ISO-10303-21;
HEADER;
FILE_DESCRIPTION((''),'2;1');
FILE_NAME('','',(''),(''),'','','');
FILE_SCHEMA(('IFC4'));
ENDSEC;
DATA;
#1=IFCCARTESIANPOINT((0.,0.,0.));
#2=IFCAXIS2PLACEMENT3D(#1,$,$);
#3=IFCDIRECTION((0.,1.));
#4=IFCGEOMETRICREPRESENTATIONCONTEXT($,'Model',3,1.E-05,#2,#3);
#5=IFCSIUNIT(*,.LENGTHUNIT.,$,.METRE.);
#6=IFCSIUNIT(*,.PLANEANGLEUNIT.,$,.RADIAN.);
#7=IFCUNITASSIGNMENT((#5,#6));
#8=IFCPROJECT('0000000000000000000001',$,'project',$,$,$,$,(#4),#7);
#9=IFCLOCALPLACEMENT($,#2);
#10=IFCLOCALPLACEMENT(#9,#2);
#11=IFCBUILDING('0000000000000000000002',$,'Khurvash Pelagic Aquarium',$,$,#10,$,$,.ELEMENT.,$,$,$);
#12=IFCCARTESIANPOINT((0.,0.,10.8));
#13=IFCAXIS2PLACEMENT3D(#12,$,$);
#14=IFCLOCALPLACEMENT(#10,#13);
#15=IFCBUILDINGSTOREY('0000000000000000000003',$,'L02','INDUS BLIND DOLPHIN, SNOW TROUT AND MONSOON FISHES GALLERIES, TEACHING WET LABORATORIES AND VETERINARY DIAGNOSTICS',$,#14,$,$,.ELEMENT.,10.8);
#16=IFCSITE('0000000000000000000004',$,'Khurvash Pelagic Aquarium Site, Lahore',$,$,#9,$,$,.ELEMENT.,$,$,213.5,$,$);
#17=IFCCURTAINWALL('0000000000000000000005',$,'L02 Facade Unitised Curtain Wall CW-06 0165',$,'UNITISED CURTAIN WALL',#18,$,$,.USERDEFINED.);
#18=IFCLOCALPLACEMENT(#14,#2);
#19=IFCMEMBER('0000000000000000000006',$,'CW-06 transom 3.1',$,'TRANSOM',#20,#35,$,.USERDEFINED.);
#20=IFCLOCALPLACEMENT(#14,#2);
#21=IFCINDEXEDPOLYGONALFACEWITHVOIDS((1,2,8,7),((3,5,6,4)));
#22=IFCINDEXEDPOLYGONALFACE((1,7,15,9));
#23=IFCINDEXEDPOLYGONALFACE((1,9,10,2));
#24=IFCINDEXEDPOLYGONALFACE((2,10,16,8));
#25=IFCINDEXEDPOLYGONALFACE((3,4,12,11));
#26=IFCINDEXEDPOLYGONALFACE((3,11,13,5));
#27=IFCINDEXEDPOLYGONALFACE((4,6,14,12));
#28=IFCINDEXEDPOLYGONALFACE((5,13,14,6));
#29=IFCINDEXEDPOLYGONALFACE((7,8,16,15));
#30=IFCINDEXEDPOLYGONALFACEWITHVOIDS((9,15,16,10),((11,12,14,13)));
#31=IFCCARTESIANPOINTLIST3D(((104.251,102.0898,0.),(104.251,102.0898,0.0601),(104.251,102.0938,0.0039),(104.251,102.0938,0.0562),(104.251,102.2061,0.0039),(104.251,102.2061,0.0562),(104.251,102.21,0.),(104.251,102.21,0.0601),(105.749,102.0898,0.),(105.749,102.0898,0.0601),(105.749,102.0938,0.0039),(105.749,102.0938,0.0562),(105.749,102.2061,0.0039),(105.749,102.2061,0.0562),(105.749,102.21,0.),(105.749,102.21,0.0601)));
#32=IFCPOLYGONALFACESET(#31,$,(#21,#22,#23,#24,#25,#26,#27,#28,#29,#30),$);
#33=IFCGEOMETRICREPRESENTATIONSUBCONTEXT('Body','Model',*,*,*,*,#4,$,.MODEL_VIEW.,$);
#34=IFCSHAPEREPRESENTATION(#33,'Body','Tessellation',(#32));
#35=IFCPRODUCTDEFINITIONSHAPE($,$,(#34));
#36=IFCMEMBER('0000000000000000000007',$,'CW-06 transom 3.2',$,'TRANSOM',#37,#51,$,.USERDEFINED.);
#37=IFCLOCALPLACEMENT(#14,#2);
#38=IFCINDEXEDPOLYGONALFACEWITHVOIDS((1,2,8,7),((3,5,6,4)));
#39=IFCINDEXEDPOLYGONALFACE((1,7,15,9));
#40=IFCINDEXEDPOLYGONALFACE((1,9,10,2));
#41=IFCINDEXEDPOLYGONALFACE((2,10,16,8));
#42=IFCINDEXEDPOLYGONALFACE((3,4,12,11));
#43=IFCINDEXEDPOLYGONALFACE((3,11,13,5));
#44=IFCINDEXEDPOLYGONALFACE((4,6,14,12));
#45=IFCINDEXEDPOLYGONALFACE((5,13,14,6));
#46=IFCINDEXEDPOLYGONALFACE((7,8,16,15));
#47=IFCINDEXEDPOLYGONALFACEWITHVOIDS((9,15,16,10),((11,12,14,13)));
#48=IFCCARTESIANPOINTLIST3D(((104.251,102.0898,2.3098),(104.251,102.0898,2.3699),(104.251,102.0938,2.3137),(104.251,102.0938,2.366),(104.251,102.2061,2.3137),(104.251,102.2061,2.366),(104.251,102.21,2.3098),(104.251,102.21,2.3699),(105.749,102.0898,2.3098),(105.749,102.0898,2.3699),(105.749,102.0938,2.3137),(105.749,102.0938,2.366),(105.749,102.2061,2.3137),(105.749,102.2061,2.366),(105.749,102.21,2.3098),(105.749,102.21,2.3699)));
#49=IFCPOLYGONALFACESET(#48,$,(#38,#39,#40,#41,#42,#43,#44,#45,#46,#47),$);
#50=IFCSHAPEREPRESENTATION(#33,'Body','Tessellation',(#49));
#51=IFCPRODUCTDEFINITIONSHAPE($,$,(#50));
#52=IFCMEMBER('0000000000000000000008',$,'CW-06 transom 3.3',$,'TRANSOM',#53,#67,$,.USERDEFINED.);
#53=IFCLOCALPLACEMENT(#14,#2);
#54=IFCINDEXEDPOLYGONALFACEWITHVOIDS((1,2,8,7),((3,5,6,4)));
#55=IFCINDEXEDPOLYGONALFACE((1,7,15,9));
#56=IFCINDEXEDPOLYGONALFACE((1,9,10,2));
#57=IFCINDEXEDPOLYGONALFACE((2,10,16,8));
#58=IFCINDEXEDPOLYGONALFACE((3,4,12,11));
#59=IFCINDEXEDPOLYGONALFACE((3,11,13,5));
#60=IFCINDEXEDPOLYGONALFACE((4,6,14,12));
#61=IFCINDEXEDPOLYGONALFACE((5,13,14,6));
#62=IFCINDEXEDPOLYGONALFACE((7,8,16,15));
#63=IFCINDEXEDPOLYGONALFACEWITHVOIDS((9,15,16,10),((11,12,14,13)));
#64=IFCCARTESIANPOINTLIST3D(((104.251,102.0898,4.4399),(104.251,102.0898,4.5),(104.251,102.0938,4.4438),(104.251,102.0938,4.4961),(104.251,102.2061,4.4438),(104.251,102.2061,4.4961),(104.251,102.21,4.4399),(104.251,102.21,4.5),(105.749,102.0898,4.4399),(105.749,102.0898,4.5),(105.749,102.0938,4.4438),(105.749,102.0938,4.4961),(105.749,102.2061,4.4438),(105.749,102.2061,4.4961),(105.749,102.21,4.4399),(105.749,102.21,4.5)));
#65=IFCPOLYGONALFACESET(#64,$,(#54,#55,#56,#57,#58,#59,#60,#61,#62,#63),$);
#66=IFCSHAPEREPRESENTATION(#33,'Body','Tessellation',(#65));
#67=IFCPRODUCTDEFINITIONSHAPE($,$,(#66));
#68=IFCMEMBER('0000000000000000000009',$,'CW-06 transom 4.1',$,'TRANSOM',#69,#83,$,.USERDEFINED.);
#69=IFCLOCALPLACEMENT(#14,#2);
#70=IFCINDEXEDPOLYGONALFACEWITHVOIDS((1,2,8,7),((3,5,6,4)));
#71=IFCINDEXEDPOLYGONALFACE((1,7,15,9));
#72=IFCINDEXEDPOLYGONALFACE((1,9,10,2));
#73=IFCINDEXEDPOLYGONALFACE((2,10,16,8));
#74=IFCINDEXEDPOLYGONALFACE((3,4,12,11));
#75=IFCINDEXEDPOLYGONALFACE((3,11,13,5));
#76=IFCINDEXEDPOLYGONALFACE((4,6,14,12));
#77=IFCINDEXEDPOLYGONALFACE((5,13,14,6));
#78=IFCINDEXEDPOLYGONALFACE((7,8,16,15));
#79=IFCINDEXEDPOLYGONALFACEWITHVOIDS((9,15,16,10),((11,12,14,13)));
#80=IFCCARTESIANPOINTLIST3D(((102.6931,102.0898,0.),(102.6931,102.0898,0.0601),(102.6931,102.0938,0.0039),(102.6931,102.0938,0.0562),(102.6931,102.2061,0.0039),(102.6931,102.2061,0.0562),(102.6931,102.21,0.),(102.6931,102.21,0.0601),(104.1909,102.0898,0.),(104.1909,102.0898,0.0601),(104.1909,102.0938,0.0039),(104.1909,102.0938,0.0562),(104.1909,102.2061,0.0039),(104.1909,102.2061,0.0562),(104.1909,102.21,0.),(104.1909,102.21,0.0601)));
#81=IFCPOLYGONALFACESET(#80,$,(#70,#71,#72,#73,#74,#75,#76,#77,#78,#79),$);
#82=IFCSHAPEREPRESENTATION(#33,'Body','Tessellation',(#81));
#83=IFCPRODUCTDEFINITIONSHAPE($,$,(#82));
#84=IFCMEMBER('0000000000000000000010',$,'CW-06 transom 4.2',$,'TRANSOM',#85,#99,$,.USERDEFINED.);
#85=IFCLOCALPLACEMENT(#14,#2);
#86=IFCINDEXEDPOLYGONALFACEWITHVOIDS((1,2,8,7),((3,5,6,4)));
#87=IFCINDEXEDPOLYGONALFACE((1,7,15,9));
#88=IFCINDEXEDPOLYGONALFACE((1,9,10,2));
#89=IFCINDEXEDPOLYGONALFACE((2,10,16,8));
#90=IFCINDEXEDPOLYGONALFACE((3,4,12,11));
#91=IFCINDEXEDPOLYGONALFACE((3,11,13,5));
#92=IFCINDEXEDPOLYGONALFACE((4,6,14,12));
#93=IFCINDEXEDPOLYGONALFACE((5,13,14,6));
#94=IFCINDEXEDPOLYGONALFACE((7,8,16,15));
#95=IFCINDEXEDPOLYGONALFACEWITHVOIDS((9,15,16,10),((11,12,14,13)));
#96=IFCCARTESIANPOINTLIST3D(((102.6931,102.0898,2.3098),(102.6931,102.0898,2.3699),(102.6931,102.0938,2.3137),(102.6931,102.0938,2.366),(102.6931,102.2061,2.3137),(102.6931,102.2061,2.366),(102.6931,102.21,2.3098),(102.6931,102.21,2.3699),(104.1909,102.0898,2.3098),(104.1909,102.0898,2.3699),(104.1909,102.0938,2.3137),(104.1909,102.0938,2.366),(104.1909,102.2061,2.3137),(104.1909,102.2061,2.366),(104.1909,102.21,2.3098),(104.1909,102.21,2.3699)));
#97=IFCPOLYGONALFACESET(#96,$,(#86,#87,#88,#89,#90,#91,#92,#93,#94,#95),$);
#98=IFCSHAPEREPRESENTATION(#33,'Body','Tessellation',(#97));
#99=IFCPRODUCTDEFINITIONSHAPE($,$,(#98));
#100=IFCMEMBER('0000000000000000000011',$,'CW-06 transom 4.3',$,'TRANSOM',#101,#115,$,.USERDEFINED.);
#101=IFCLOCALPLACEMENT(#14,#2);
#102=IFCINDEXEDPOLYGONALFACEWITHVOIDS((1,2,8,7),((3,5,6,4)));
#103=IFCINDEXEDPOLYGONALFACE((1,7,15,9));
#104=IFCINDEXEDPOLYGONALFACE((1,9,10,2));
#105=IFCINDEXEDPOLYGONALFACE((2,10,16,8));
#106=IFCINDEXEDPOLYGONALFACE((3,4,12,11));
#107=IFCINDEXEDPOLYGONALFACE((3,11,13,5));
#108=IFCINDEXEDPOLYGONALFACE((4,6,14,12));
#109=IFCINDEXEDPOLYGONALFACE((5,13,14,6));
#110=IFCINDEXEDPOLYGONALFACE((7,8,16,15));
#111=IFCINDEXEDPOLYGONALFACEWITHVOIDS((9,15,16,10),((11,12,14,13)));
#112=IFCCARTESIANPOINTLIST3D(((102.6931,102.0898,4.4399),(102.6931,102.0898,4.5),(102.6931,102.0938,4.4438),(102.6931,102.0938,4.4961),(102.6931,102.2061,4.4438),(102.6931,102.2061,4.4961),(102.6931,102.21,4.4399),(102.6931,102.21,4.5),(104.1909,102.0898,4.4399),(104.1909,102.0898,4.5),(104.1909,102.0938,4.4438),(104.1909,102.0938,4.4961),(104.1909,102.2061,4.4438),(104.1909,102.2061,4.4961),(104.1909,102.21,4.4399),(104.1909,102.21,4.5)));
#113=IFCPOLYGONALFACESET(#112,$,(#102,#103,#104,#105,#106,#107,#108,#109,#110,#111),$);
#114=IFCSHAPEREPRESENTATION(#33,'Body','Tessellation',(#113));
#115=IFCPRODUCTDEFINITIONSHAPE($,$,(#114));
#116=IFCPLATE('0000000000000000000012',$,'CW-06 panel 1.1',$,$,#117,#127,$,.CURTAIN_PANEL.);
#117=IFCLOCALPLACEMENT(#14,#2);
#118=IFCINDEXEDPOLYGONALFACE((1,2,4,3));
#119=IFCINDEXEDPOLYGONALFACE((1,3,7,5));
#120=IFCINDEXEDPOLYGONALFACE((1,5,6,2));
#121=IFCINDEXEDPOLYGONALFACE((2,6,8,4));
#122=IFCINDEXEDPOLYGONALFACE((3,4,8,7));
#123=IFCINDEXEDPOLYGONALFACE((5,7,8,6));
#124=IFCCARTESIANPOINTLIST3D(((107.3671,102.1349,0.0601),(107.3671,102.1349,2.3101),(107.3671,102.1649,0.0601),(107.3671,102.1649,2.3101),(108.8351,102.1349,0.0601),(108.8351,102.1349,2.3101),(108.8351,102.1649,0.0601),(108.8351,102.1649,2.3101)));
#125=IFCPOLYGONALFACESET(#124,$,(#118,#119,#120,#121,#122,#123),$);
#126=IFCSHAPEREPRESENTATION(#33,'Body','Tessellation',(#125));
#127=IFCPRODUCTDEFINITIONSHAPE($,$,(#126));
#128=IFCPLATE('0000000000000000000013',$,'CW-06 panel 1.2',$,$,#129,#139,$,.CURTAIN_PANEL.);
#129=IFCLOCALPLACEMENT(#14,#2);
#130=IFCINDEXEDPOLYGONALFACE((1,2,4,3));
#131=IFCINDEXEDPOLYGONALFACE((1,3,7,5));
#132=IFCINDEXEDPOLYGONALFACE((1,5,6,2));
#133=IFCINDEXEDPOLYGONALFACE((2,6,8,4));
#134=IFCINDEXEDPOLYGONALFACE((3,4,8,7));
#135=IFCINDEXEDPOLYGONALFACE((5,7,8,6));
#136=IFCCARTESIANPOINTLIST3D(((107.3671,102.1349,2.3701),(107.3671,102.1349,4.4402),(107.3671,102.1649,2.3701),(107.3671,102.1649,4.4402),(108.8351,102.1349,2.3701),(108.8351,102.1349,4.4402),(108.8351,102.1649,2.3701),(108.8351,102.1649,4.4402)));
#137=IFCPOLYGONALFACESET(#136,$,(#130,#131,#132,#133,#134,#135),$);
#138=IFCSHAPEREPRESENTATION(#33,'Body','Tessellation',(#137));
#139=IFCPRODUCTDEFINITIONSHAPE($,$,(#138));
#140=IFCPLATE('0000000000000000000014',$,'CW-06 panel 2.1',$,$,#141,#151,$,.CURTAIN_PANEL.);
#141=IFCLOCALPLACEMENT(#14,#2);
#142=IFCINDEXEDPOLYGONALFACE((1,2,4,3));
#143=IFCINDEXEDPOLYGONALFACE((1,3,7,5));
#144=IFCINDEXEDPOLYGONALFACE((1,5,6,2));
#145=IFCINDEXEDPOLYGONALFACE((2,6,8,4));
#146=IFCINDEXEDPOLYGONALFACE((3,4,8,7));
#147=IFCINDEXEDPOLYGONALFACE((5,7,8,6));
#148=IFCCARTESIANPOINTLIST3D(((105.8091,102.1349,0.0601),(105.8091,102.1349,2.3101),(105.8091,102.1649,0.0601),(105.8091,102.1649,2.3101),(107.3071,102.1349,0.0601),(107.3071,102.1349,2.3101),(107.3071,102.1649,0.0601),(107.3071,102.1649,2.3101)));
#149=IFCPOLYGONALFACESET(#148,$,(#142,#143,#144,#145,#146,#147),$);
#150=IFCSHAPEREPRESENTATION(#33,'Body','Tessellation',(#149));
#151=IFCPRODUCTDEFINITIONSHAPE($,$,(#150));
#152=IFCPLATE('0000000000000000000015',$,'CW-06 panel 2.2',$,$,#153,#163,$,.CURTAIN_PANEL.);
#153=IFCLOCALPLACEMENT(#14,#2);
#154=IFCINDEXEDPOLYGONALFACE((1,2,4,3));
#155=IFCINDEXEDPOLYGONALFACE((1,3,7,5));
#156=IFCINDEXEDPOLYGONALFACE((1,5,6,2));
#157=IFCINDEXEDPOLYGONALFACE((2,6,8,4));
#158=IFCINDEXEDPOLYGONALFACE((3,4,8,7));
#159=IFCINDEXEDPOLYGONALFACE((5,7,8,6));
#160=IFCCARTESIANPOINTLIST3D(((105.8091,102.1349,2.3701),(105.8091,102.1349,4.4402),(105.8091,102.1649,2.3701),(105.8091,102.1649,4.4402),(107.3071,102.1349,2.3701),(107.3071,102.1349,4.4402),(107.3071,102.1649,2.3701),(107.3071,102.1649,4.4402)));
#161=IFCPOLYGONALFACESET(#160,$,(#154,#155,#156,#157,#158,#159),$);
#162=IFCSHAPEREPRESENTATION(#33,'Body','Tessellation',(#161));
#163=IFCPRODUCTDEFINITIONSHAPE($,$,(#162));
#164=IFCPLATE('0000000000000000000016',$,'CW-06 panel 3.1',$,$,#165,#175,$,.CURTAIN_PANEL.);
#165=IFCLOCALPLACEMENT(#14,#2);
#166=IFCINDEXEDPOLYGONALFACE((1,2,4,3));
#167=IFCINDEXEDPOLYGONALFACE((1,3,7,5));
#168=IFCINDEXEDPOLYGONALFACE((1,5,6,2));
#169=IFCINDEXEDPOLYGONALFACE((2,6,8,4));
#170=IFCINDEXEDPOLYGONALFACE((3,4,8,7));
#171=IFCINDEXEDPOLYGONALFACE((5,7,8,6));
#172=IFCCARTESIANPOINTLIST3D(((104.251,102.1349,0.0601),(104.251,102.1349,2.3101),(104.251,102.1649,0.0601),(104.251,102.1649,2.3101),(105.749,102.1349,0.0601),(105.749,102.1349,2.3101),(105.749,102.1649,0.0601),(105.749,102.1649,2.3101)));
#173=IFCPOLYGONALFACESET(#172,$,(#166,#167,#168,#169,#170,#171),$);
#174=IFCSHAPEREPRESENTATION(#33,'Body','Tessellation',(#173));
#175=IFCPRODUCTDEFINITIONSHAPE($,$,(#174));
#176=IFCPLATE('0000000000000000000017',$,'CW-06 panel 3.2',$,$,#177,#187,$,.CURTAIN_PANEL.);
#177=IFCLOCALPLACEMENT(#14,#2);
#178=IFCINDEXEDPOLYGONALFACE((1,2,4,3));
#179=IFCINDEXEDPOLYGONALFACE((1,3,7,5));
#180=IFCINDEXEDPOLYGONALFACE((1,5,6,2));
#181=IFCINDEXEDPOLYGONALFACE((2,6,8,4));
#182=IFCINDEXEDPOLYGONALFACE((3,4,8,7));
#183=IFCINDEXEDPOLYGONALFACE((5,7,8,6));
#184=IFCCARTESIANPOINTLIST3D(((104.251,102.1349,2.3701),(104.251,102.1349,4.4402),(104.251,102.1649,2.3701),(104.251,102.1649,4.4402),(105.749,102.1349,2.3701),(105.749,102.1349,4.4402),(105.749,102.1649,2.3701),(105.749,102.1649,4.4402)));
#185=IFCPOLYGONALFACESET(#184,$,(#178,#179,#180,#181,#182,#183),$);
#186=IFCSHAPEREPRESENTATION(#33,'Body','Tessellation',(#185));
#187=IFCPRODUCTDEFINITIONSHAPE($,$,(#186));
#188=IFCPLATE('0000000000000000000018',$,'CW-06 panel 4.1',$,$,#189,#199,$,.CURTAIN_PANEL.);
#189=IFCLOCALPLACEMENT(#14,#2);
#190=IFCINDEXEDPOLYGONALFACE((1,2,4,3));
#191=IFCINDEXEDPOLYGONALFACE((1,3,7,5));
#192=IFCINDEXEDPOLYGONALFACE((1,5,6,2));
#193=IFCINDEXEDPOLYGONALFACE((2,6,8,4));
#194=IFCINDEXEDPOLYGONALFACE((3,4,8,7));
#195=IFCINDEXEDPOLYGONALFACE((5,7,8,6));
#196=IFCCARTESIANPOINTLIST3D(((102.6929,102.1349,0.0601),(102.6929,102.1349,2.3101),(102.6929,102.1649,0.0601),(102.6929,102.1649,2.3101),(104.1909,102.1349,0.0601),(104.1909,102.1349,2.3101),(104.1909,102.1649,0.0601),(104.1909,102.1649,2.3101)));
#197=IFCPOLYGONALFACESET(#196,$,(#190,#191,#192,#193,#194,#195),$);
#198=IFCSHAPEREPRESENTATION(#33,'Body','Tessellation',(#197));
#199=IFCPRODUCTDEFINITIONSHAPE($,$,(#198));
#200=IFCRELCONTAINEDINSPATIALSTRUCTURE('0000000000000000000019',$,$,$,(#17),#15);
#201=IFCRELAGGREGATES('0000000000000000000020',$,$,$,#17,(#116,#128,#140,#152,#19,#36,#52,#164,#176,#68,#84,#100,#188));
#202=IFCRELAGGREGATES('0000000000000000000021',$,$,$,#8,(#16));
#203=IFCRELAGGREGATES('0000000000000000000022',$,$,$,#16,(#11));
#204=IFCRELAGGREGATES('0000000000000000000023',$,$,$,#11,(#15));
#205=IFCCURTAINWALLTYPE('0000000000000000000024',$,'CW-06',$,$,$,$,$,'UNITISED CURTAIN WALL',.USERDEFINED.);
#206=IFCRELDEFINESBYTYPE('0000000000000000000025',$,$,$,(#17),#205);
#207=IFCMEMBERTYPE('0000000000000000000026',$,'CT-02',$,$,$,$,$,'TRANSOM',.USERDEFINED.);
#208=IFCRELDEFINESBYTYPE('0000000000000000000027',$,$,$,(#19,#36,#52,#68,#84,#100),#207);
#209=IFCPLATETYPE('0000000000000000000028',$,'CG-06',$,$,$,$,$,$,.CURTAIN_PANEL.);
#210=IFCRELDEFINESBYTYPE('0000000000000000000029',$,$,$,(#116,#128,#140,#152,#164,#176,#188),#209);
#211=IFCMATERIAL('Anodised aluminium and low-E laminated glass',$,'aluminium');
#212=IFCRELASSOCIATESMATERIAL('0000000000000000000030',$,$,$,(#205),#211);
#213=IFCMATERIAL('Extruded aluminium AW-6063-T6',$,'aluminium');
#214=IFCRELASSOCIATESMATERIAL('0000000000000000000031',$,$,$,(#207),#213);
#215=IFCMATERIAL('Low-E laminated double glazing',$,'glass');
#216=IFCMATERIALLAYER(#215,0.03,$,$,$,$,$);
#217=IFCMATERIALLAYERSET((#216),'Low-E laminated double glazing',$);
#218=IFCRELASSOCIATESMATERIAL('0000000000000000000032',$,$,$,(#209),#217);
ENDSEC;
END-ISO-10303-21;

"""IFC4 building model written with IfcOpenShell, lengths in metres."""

from ifc_helpers import new_model, si_unit, direction, frame, origin, origin_2d, place, context, subcontext, project, spatial, rectangle, hollow_rectangle, extrude, material, layer, layer_set, material_profile, profile_set, type_object, element, aggregate, save


model = new_model("IFC4")

# Units and contexts
model_context = context("Model", 3, precision=1e-05, world=origin(), true_north=direction((0.0, 1.0)))
body_context = subcontext(model_context, "Body", "Model", "MODEL_VIEW")
ifc_project = project(units=[si_unit("LENGTHUNIT", "METRE"), si_unit("PLANEANGLEUNIT", "RADIAN")], contexts=[model_context])

# Site, building, storey
site_placement = place(None, origin())
site = spatial("IfcSite", under=ifc_project, at=site_placement, Name="Khurvash Pelagic Aquarium Site, Lahore", CompositionType="ELEMENT", RefElevation=213.5)
building_placement = place(site_placement, origin())
building = spatial("IfcBuilding", under=site, at=building_placement, Name="Khurvash Pelagic Aquarium", CompositionType="ELEMENT")
storey_placement = place(building_placement, frame((0.0, 0.0, 10.8)))
storey = spatial("IfcBuildingStorey", under=building, at=storey_placement, Name="L02", Description="INDUS BLIND DOLPHIN, SNOW TROUT AND MONSOON FISHES GALLERIES, TEACHING WET LABORATORIES AND VETERINARY DIAGNOSTICS", CompositionType="ELEMENT", Elevation=10.8)

# Curtain wall, members, plates
ifc_material_1 = material(Name="Anodised aluminium and low-E laminated glass", Category="aluminium")
curtain_wall_type = type_object("IfcCurtainWallType", Name="CW-06", ElementType="UNITISED CURTAIN WALL", PredefinedType="USERDEFINED", material=ifc_material_1)
curtain_wall_placement = place(storey_placement, origin())
curtain_wall = element("IfcCurtainWall", 1, at=curtain_wall_placement, inside=storey, type_object=curtain_wall_type, Name="L02 Facade Unitised Curtain Wall CW-06 0165", ObjectType="UNITISED CURTAIN WALL", PredefinedType="USERDEFINED")
ifc_material_2 = material(Name="Extruded aluminium AW-6063-T6", Category="aluminium")
ifc_material_profile_1 = material_profile(ifc_material_2, hollow_rectangle(XDim=0.1201, YDim=0.0601, WallThickness=0.0039, at=origin_2d()), Name="CWT120X60X4")
ifc_profile_set_1 = profile_set([ifc_material_profile_1], Name="Extruded aluminium AW-6063-T6")
member_type_1 = type_object("IfcMemberType", Name="CT-02", ElementType="TRANSOM", PredefinedType="USERDEFINED", material=ifc_profile_set_1)
member_1_placement = place(storey_placement, frame((105.749, 102.1499, 0.03), z_axis=(-1.0, 0.0, 0.0), x_axis=(0.0, -1.0, 0.0)))
member_1 = element("IfcMember", 2, at=member_1_placement, type_object=member_type_1, Name="CW-06 transom 3.1", ObjectType="TRANSOM", PredefinedType="USERDEFINED", context=body_context, shape_type="SweptSolid", body=[
    extrude(hollow_rectangle(XDim=0.1201, YDim=0.0601, WallThickness=0.0039, at=origin_2d()), origin(), (0.0, 0.0, 1.0), 1.498),
])
member_2_placement = place(storey_placement, frame((105.749, 102.1499, 2.3398), z_axis=(-1.0, 0.0, 0.0), x_axis=(0.0, -1.0, 0.0)))
member_2 = element("IfcMember", 3, at=member_2_placement, type_object=member_type_1, Name="CW-06 transom 3.2", ObjectType="TRANSOM", PredefinedType="USERDEFINED", context=body_context, shape_type="SweptSolid", body=[
    extrude(hollow_rectangle(XDim=0.1201, YDim=0.0601, WallThickness=0.0039, at=origin_2d()), origin(), (0.0, 0.0, 1.0), 1.498),
])
member_3_placement = place(storey_placement, frame((105.749, 102.1499, 4.47), z_axis=(-1.0, 0.0, 0.0), x_axis=(0.0, -1.0, 0.0)))
member_3 = element("IfcMember", 4, at=member_3_placement, type_object=member_type_1, Name="CW-06 transom 3.3", ObjectType="TRANSOM", PredefinedType="USERDEFINED", context=body_context, shape_type="SweptSolid", body=[
    extrude(hollow_rectangle(XDim=0.1201, YDim=0.0601, WallThickness=0.0039, at=origin_2d()), origin(), (0.0, 0.0, 1.0), 1.498),
])
member_4_placement = place(storey_placement, frame((104.1909, 102.1499, 0.03), z_axis=(-1.0, 0.0, 0.0), x_axis=(0.0, -1.0, 0.0)))
member_4 = element("IfcMember", 5, at=member_4_placement, type_object=member_type_1, Name="CW-06 transom 4.1", ObjectType="TRANSOM", PredefinedType="USERDEFINED", context=body_context, shape_type="SweptSolid", body=[
    extrude(hollow_rectangle(XDim=0.1201, YDim=0.0601, WallThickness=0.0039, at=origin_2d()), origin(), (0.0, 0.0, 1.0), 1.4978),
])
member_5_placement = place(storey_placement, frame((104.1909, 102.1499, 2.3398), z_axis=(-1.0, 0.0, 0.0), x_axis=(0.0, -1.0, 0.0)))
member_5 = element("IfcMember", 6, at=member_5_placement, type_object=member_type_1, Name="CW-06 transom 4.2", ObjectType="TRANSOM", PredefinedType="USERDEFINED", context=body_context, shape_type="SweptSolid", body=[
    extrude(hollow_rectangle(XDim=0.1201, YDim=0.0601, WallThickness=0.0039, at=origin_2d()), origin(), (0.0, 0.0, 1.0), 1.4978),
])
member_6_placement = place(storey_placement, frame((104.1909, 102.1499, 4.47), z_axis=(-1.0, 0.0, 0.0), x_axis=(0.0, -1.0, 0.0)))
member_6 = element("IfcMember", 7, at=member_6_placement, type_object=member_type_1, Name="CW-06 transom 4.3", ObjectType="TRANSOM", PredefinedType="USERDEFINED", context=body_context, shape_type="SweptSolid", body=[
    extrude(hollow_rectangle(XDim=0.1201, YDim=0.0601, WallThickness=0.0039, at=origin_2d()), origin(), (0.0, 0.0, 1.0), 1.4978),
])
ifc_material_3 = material(Name="Low-E laminated double glazing", Category="glass")
ifc_layer = layer(ifc_material_3, 0.03)
ifc_layer_set = layer_set([ifc_layer], Name="Low-E laminated double glazing")
plate_type = type_object("IfcPlateType", Name="CG-06", PredefinedType="CURTAIN_PANEL", material=ifc_layer_set)
plate_1_placement = place(storey_placement, frame((108.1011, 102.1499, 0.0601), z_axis=(0.0, 0.0, 1.0), x_axis=(-1.0, 0.0, 0.0)))
plate_1 = element("IfcPlate", 8, at=plate_1_placement, type_object=plate_type, Name="CW-06 panel 1.1", PredefinedType="CURTAIN_PANEL", context=body_context, shape_type="SweptSolid", body=[
    extrude(rectangle(XDim=1.468, YDim=0.03, at=origin_2d()), origin(), (0.0, 0.0, 1.0), 2.25),
])
plate_2_placement = place(storey_placement, frame((108.1011, 102.1499, 2.3701), z_axis=(0.0, 0.0, 1.0), x_axis=(-1.0, 0.0, 0.0)))
plate_2 = element("IfcPlate", 9, at=plate_2_placement, type_object=plate_type, Name="CW-06 panel 1.2", PredefinedType="CURTAIN_PANEL", context=body_context, shape_type="SweptSolid", body=[
    extrude(rectangle(XDim=1.468, YDim=0.03, at=origin_2d()), origin(), (0.0, 0.0, 1.0), 2.0701),
])
plate_3_placement = place(storey_placement, frame((106.5581, 102.1499, 0.0601), z_axis=(0.0, 0.0, 1.0), x_axis=(-1.0, 0.0, 0.0)))
plate_3 = element("IfcPlate", 10, at=plate_3_placement, type_object=plate_type, Name="CW-06 panel 2.1", PredefinedType="CURTAIN_PANEL", context=body_context, shape_type="SweptSolid", body=[
    extrude(rectangle(XDim=1.498, YDim=0.03, at=origin_2d()), origin(), (0.0, 0.0, 1.0), 2.25),
])
plate_4_placement = place(storey_placement, frame((106.5581, 102.1499, 2.3701), z_axis=(0.0, 0.0, 1.0), x_axis=(-1.0, 0.0, 0.0)))
plate_4 = element("IfcPlate", 11, at=plate_4_placement, type_object=plate_type, Name="CW-06 panel 2.2", PredefinedType="CURTAIN_PANEL", context=body_context, shape_type="SweptSolid", body=[
    extrude(rectangle(XDim=1.498, YDim=0.03, at=origin_2d()), origin(), (0.0, 0.0, 1.0), 2.0701),
])
plate_5_placement = place(storey_placement, frame((105.0, 102.1499, 0.0601), z_axis=(0.0, 0.0, 1.0), x_axis=(-1.0, 0.0, 0.0)))
plate_5 = element("IfcPlate", 12, at=plate_5_placement, type_object=plate_type, Name="CW-06 panel 3.1", PredefinedType="CURTAIN_PANEL", context=body_context, shape_type="SweptSolid", body=[
    extrude(rectangle(XDim=1.498, YDim=0.03, at=origin_2d()), origin(), (0.0, 0.0, 1.0), 2.25),
])
plate_6_placement = place(storey_placement, frame((105.0, 102.1499, 2.3701), z_axis=(0.0, 0.0, 1.0), x_axis=(-1.0, 0.0, 0.0)))
plate_6 = element("IfcPlate", 13, at=plate_6_placement, type_object=plate_type, Name="CW-06 panel 3.2", PredefinedType="CURTAIN_PANEL", context=body_context, shape_type="SweptSolid", body=[
    extrude(rectangle(XDim=1.498, YDim=0.03, at=origin_2d()), origin(), (0.0, 0.0, 1.0), 2.0701),
])
plate_7_placement = place(storey_placement, frame((103.4419, 102.1499, 0.0601), z_axis=(0.0, 0.0, 1.0), x_axis=(-1.0, 0.0, 0.0)))
plate_7 = element("IfcPlate", 14, at=plate_7_placement, type_object=plate_type, Name="CW-06 panel 4.1", PredefinedType="CURTAIN_PANEL", context=body_context, shape_type="SweptSolid", body=[
    extrude(rectangle(XDim=1.498, YDim=0.03, at=origin_2d()), origin(), (0.0, 0.0, 1.0), 2.25),
])
aggregate(curtain_wall, [plate_1, plate_2, plate_3, plate_4, member_1, member_2, member_3, plate_5, plate_6, member_4, member_5, member_6, plate_7])

save(model, "model.ifc")
